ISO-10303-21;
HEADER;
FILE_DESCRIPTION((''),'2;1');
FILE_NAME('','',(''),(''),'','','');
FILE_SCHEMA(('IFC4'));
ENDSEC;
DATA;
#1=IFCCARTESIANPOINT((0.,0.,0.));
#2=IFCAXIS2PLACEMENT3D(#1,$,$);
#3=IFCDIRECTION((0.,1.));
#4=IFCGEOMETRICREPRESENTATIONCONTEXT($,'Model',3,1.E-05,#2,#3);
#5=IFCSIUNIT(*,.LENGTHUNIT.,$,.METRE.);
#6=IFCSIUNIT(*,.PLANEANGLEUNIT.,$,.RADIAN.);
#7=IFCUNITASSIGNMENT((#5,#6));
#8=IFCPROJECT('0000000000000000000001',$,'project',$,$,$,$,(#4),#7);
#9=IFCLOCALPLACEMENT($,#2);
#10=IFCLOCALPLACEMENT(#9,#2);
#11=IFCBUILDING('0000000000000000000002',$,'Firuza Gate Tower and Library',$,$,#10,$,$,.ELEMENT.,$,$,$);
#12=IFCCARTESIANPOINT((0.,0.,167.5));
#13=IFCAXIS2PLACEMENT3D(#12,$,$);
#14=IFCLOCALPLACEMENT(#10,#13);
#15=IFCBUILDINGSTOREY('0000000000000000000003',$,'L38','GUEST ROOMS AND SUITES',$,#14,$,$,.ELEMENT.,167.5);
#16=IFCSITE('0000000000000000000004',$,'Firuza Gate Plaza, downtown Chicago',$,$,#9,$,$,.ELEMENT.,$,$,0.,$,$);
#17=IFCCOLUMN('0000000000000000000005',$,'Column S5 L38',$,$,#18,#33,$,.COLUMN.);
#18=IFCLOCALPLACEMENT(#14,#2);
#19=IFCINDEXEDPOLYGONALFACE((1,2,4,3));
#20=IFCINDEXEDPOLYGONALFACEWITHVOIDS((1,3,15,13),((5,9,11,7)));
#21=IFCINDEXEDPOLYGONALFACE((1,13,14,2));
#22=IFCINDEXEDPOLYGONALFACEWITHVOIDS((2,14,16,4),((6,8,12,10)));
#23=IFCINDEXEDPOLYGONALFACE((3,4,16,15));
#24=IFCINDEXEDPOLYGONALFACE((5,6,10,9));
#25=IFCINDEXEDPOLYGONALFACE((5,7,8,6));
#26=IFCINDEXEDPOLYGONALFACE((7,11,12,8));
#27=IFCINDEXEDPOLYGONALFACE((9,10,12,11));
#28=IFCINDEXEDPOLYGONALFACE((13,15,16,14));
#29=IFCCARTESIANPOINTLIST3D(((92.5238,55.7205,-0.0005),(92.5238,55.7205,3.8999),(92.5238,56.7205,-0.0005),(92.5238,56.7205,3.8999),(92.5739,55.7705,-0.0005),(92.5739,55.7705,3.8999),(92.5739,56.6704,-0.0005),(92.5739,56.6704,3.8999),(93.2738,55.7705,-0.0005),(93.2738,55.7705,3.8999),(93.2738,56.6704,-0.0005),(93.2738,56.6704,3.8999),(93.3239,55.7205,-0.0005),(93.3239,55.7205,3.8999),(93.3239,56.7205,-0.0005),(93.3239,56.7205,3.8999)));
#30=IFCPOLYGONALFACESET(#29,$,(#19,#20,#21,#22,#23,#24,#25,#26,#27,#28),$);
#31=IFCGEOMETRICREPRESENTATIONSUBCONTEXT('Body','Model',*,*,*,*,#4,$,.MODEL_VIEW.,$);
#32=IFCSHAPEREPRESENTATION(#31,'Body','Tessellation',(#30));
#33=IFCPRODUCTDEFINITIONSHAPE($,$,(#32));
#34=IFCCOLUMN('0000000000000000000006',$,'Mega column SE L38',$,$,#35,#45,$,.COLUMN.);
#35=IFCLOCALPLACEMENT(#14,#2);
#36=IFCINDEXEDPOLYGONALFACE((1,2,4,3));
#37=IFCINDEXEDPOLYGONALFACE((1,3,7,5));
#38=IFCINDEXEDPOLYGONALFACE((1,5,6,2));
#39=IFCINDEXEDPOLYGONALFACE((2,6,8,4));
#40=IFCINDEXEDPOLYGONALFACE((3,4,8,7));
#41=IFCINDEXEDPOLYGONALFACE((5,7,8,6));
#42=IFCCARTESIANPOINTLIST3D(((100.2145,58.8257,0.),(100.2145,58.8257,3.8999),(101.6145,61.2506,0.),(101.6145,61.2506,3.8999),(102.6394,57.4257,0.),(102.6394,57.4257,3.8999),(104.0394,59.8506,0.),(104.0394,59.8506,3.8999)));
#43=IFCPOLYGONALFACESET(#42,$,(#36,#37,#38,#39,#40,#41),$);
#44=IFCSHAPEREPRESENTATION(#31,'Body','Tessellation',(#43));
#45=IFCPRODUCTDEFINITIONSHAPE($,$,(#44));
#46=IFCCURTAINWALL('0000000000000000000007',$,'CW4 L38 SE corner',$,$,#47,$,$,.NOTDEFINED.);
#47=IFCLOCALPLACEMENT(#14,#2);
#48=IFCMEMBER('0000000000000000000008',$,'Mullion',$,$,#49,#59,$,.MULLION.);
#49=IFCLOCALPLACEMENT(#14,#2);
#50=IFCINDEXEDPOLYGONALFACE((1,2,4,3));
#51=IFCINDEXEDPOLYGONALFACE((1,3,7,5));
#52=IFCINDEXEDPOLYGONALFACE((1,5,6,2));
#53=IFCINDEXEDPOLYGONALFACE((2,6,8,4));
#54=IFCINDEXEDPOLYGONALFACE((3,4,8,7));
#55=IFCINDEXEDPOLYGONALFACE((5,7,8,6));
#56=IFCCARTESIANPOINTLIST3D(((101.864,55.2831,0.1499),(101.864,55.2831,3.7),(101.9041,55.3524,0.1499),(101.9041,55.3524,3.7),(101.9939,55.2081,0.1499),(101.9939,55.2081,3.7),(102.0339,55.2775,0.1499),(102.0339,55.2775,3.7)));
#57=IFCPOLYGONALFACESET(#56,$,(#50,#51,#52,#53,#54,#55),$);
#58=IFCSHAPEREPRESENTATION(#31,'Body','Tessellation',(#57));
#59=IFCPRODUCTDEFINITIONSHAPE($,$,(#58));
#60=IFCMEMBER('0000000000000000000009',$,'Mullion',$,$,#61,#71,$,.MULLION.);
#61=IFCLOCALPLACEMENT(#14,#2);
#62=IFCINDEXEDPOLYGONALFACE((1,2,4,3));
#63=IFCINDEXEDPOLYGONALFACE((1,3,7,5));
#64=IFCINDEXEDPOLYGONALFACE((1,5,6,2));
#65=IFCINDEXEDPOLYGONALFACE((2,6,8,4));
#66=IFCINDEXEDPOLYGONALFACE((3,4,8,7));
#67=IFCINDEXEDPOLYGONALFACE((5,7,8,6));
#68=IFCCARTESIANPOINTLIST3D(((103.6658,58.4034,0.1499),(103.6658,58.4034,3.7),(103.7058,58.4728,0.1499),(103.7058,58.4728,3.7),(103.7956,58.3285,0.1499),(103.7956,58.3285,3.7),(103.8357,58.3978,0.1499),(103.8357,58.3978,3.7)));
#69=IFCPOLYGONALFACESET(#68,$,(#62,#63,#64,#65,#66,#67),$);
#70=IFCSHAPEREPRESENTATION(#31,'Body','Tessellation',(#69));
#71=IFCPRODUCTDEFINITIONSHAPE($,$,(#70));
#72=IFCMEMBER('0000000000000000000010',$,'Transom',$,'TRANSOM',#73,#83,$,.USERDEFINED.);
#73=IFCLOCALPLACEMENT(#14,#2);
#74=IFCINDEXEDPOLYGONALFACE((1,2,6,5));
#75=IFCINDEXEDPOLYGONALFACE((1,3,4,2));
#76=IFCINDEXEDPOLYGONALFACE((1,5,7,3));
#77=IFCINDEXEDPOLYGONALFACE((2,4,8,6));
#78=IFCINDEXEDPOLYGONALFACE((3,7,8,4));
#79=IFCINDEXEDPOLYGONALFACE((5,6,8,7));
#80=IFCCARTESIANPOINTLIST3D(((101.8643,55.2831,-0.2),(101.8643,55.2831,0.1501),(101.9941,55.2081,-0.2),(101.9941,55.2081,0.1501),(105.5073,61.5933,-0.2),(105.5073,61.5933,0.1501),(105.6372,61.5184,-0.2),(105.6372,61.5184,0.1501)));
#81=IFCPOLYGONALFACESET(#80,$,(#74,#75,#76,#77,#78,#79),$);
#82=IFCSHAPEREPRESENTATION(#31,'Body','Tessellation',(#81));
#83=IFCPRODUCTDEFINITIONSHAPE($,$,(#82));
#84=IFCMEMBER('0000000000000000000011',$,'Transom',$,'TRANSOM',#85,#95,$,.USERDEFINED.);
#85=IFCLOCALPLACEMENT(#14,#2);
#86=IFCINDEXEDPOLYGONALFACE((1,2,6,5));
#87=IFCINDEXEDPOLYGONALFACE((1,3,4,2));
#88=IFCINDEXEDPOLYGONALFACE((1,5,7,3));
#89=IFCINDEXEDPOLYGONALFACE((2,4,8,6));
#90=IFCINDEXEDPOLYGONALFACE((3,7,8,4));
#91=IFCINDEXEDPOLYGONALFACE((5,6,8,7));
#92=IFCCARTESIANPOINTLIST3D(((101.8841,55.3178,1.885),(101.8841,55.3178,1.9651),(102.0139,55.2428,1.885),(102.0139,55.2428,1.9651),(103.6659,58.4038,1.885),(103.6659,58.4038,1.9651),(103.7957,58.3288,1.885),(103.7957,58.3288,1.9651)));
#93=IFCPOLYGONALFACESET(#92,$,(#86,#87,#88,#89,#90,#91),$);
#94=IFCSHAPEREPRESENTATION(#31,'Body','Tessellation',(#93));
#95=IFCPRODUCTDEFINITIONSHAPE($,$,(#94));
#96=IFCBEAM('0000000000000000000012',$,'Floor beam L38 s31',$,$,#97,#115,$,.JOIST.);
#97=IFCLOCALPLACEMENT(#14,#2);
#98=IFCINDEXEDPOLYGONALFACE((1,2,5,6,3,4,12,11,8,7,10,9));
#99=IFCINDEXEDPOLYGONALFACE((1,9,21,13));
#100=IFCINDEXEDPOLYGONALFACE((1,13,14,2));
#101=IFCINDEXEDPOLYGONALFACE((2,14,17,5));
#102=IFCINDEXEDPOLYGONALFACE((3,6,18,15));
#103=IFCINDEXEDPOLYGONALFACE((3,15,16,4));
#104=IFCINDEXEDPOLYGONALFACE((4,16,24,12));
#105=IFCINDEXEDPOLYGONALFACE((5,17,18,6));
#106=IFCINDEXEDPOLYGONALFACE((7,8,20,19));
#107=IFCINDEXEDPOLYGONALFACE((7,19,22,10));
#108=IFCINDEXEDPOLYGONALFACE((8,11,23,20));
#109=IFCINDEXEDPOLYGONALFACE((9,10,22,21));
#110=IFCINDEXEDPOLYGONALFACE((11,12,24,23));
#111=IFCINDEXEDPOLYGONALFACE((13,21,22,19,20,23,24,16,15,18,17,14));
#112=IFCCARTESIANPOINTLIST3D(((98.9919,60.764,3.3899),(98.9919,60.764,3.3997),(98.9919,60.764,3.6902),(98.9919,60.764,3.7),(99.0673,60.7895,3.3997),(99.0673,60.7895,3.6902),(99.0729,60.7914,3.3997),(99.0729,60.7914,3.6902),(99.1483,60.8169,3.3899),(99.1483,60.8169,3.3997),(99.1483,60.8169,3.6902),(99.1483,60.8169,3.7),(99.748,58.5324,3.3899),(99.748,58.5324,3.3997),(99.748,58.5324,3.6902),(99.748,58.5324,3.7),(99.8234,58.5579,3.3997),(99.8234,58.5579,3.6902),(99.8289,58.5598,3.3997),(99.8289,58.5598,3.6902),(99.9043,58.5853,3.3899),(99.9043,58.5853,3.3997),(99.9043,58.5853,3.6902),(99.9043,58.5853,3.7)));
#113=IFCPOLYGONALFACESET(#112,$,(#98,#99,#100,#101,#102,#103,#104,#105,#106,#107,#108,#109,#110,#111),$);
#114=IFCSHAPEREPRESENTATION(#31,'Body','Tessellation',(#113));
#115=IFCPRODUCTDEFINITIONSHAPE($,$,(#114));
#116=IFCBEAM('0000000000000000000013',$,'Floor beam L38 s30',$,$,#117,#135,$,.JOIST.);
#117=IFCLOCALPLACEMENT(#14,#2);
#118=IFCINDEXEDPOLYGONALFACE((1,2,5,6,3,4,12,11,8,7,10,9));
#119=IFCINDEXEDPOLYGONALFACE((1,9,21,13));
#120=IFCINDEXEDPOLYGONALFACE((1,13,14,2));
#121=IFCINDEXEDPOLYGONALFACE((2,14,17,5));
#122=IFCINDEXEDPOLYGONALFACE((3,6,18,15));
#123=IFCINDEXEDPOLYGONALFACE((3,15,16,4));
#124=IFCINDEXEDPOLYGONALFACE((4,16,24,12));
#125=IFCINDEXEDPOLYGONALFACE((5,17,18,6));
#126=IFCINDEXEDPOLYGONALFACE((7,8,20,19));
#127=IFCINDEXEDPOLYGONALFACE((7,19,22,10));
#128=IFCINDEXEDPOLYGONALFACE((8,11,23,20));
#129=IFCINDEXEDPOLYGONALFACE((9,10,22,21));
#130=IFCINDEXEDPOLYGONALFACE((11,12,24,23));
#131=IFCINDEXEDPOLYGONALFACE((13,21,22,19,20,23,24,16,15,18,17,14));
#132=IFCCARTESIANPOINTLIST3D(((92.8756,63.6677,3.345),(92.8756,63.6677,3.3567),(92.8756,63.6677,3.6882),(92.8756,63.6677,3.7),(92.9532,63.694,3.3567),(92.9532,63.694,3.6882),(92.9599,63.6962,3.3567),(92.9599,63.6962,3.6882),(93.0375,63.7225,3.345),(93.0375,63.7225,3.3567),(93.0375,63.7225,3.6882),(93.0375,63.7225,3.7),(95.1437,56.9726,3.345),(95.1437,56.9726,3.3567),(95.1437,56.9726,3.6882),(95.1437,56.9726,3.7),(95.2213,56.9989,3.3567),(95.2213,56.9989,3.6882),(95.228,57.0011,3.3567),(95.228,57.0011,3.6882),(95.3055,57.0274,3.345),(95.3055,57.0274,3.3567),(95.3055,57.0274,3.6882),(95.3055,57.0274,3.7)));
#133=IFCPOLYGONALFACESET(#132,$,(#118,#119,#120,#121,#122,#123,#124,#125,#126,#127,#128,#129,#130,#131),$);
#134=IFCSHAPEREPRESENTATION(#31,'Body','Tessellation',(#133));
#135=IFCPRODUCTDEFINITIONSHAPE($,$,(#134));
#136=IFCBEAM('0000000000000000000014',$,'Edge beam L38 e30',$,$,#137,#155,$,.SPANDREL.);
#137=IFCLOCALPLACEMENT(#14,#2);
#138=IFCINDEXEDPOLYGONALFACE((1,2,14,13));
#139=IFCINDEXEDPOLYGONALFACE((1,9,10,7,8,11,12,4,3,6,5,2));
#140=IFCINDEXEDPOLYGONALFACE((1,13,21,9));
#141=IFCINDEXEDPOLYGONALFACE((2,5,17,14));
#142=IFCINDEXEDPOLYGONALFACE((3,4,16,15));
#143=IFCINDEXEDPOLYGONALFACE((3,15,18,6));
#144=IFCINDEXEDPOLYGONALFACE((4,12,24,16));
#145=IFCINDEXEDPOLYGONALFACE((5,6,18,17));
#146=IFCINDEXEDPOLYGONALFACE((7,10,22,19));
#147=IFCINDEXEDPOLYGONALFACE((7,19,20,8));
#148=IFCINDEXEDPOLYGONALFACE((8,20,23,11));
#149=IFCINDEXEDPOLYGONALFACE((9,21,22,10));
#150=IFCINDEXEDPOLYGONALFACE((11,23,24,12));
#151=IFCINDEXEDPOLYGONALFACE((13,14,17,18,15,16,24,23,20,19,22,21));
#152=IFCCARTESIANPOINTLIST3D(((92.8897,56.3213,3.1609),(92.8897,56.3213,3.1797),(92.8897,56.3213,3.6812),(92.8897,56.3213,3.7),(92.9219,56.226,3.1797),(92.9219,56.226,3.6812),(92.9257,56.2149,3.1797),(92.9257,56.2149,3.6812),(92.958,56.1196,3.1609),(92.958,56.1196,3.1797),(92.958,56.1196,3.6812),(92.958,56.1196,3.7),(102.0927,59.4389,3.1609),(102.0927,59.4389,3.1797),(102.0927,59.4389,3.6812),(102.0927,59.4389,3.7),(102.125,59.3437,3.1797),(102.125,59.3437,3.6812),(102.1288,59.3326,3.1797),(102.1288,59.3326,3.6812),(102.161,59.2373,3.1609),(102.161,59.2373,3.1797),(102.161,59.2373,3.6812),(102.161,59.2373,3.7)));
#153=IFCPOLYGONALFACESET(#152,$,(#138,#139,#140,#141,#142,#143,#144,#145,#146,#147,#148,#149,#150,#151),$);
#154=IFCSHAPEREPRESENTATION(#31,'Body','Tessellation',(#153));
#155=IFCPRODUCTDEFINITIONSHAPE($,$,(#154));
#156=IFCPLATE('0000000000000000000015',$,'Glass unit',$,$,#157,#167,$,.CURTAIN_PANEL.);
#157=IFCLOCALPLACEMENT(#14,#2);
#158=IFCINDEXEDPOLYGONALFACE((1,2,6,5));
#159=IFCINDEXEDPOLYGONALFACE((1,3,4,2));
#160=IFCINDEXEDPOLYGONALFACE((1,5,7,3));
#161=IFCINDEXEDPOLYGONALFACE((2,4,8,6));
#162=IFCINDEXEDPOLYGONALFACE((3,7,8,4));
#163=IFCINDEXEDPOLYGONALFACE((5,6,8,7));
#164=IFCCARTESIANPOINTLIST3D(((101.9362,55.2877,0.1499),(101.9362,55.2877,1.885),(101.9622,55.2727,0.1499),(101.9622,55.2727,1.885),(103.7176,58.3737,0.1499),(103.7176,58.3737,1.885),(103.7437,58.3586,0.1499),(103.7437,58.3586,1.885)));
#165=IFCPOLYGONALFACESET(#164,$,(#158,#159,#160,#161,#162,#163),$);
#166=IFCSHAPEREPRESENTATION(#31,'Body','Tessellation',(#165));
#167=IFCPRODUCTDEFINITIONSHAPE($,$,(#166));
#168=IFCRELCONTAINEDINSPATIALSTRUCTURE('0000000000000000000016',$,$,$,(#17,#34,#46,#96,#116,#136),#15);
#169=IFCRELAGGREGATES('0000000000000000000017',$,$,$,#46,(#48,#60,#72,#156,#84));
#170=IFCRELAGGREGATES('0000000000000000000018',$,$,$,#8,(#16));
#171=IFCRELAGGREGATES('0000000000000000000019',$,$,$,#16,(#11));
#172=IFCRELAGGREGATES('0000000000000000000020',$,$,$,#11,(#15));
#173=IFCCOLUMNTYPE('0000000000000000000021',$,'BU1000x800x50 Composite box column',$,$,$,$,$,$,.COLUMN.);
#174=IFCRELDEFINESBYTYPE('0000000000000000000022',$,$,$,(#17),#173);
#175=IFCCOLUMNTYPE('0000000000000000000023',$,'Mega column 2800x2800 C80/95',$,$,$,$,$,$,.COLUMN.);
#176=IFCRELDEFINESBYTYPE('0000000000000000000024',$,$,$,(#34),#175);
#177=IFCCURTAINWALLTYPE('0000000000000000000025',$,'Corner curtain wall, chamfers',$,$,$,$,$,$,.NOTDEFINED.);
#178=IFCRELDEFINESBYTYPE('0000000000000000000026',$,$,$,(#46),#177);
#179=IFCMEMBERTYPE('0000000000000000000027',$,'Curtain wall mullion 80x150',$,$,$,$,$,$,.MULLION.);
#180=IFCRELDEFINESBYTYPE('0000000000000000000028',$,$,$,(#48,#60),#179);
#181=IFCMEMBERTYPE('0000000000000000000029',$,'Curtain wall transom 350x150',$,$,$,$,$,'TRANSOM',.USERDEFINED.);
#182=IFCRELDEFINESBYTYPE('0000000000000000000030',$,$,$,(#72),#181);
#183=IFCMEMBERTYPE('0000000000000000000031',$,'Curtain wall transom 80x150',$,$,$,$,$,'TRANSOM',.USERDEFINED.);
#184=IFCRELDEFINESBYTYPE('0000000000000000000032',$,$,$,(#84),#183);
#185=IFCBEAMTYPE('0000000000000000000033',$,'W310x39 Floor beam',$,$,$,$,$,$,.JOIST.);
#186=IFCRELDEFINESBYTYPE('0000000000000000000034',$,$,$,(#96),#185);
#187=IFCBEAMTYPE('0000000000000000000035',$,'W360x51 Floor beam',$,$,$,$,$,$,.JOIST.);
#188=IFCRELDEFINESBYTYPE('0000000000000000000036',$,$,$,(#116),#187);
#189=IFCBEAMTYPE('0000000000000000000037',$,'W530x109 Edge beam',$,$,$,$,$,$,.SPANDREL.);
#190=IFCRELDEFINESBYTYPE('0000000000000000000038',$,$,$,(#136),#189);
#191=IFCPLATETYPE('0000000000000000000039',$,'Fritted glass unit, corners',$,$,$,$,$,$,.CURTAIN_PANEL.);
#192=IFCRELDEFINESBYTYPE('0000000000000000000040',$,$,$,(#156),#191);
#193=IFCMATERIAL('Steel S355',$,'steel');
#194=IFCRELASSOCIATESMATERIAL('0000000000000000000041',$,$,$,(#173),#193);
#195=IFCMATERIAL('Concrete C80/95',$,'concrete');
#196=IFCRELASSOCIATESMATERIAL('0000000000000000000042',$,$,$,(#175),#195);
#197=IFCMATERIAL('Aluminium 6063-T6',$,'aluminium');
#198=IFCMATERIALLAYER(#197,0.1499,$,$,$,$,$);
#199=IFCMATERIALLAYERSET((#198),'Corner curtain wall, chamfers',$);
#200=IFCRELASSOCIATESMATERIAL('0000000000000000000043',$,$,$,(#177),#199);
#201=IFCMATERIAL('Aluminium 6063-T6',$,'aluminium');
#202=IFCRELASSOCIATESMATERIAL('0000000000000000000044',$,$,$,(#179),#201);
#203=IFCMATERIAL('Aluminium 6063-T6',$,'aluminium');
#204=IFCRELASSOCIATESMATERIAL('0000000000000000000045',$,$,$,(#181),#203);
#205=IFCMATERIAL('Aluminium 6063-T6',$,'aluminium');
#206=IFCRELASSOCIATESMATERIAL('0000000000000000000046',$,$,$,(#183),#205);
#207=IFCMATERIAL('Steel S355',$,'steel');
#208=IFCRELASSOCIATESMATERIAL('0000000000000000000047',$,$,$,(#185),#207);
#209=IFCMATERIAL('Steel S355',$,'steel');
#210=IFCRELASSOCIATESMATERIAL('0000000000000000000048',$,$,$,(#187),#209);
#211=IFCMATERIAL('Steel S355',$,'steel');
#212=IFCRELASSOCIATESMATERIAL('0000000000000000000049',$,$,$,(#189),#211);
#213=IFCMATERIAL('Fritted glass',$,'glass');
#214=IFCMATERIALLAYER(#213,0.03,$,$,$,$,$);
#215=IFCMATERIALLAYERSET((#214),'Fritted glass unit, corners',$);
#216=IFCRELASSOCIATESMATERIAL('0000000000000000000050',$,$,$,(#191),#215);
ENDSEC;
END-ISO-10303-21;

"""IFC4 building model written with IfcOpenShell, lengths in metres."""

from ifc_helpers import new_model, si_unit, direction, frame, origin, origin_2d, place, context, subcontext, project, spatial, polyline, rectangle, hollow_rectangle, i_section, outline, extrude, material, layer, layer_set, material_profile, profile_set, type_object, element, aggregate, save


model = new_model("IFC4")

# Units and contexts
model_context = context("Model", 3, precision=1e-05, world=origin(), true_north=direction((0.0, 1.0)))
body_context = subcontext(model_context, "Body", "Model", "MODEL_VIEW")
ifc_project = project(units=[si_unit("LENGTHUNIT", "METRE"), si_unit("PLANEANGLEUNIT", "RADIAN")], contexts=[model_context])

# Site, building, storey
site_placement = place(None, origin())
site = spatial("IfcSite", under=ifc_project, at=site_placement, Name="Firuza Gate Plaza, downtown Chicago", CompositionType="ELEMENT", RefElevation=0.0)
building_placement = place(site_placement, origin())
building = spatial("IfcBuilding", under=site, at=building_placement, Name="Firuza Gate Tower and Library", CompositionType="ELEMENT")
storey_placement = place(building_placement, frame((0.0, 0.0, 167.5)))
storey = spatial("IfcBuildingStorey", under=building, at=storey_placement, Name="L38", Description="GUEST ROOMS AND SUITES", CompositionType="ELEMENT", Elevation=167.5)

# Columns
ifc_material_1 = material(Name="Steel S355", Category="steel")
ifc_material_profile_1 = material_profile(ifc_material_1, hollow_rectangle(XDim=0.8, YDim=1.0, WallThickness=0.05, at=origin_2d()))
ifc_profile_set_1 = profile_set([ifc_material_profile_1], Name="Steel S355")
column_type_1 = type_object("IfcColumnType", Name="BU1000x800x50 Composite box column", PredefinedType="COLUMN", material=ifc_profile_set_1)
column_1_placement = place(storey_placement, frame((92.9238, 56.2205, -0.0005), z_axis=(0.0, 0.0, 1.0), x_axis=(1.0, 0.0, 0.0)))
element("IfcColumn", 1, at=column_1_placement, inside=storey, type_object=column_type_1, Name="Column S5 L38", PredefinedType="COLUMN", context=body_context, shape_type="SweptSolid", body=[
    extrude(hollow_rectangle(XDim=0.8, YDim=1.0, WallThickness=0.05, at=origin_2d()), origin(), (0.0, 0.0, 1.0), 3.9004),
])
ifc_material_2 = material(Name="Concrete C80/95", Category="concrete")
ifc_material_profile_2 = material_profile(ifc_material_2, rectangle(XDim=2.8, YDim=2.8, at=origin_2d()))
ifc_profile_set_2 = profile_set([ifc_material_profile_2], Name="Concrete C80/95")
column_type_2 = type_object("IfcColumnType", Name="Mega column 2800x2800 C80/95", PredefinedType="COLUMN", material=ifc_profile_set_2)
column_2_placement = place(storey_placement, frame((102.127, 59.3381, 0.0), z_axis=(0.0, 0.0, 1.0), x_axis=(0.5, 0.866025, 0.0)))
element("IfcColumn", 2, at=column_2_placement, inside=storey, type_object=column_type_2, Name="Mega column SE L38", PredefinedType="COLUMN", context=body_context, shape_type="SweptSolid", body=[
    extrude(rectangle(XDim=2.8, YDim=2.8, at=origin_2d()), origin(), (0.0, 0.0, 1.0), 3.8999),
])

# Curtain wall, members
ifc_material_3 = material(Name="Aluminium 6063-T6", Category="aluminium")
ifc_layer_1 = layer(ifc_material_3, 0.1499)
ifc_layer_set_1 = layer_set([ifc_layer_1], Name="Corner curtain wall, chamfers")
curtain_wall_type = type_object("IfcCurtainWallType", Name="Corner curtain wall, chamfers", PredefinedType="NOTDEFINED", material=ifc_layer_set_1)
curtain_wall_placement = place(storey_placement, origin())
curtain_wall = element("IfcCurtainWall", 3, at=curtain_wall_placement, inside=storey, type_object=curtain_wall_type, Name="CW4 L38 SE corner", PredefinedType="NOTDEFINED")
ifc_material_4 = material(Name="Aluminium 6063-T6", Category="aluminium")
ifc_material_profile_3 = material_profile(ifc_material_4, rectangle(XDim=0.1499, YDim=0.0801, at=origin_2d()))
ifc_profile_set_3 = profile_set([ifc_material_profile_3], Name="Aluminium 6063-T6")
member_type_1 = type_object("IfcMemberType", Name="Curtain wall mullion 80x150", PredefinedType="MULLION", material=ifc_profile_set_3)
member_1_placement = place(storey_placement, frame((101.949, 55.2803, 0.1499), z_axis=(0.0, 0.0, 1.0), x_axis=(-0.866025, 0.5, 0.0)))
member_1 = element("IfcMember", 4, at=member_1_placement, type_object=member_type_1, Name="Mullion", PredefinedType="MULLION", context=body_context, shape_type="SweptSolid", body=[
    extrude(rectangle(XDim=0.1499, YDim=0.0801, at=origin_2d()), origin(), (0.0, 0.0, 1.0), 3.55),
])
member_2_placement = place(storey_placement, frame((103.7507, 58.4006, 0.1499), z_axis=(0.0, 0.0, 1.0), x_axis=(-0.866025, 0.5, 0.0)))
member_2 = element("IfcMember", 5, at=member_2_placement, type_object=member_type_1, Name="Mullion", PredefinedType="MULLION", context=body_context, shape_type="SweptSolid", body=[
    extrude(rectangle(XDim=0.1499, YDim=0.0801, at=origin_2d()), origin(), (0.0, 0.0, 1.0), 3.55),
])
ifc_material_5 = material(Name="Aluminium 6063-T6", Category="aluminium")
ifc_material_profile_4 = material_profile(ifc_material_5, rectangle(XDim=0.1499, YDim=0.3501, at=origin_2d()))
ifc_profile_set_4 = profile_set([ifc_material_profile_4], Name="Aluminium 6063-T6")
member_type_2 = type_object("IfcMemberType", Name="Curtain wall transom 350x150", ElementType="TRANSOM", PredefinedType="USERDEFINED", material=ifc_profile_set_4)
member_3_placement = place(storey_placement, frame((101.9292, 55.2456, -0.0249), z_axis=(0.499981, 0.866037, 0.0), x_axis=(-0.866037, 0.499981, 0.0)))
member_3 = element("IfcMember", 6, at=member_3_placement, type_object=member_type_2, Name="Transom", ObjectType="TRANSOM", PredefinedType="USERDEFINED", context=body_context, shape_type="SweptSolid", body=[
    extrude(rectangle(XDim=0.1499, YDim=0.3501, at=origin_2d()), origin(), (0.0, 0.0, 1.0), 7.2864),
])
ifc_material_6 = material(Name="Aluminium 6063-T6", Category="aluminium")
ifc_material_profile_5 = material_profile(ifc_material_6, rectangle(XDim=0.1499, YDim=0.0801, at=origin_2d()))
ifc_profile_set_5 = profile_set([ifc_material_profile_5], Name="Aluminium 6063-T6")
member_type_3 = type_object("IfcMemberType", Name="Curtain wall transom 80x150", ElementType="TRANSOM", PredefinedType="USERDEFINED", material=ifc_profile_set_5)
member_4_placement = place(storey_placement, frame((101.949, 55.2803, 1.925), z_axis=(0.500015, 0.866017, 0.0), x_axis=(-0.866017, 0.500015, 0.0)))
member_4 = element("IfcMember", 7, at=member_4_placement, type_object=member_type_3, Name="Transom", ObjectType="TRANSOM", PredefinedType="USERDEFINED", context=body_context, shape_type="SweptSolid", body=[
    extrude(rectangle(XDim=0.1499, YDim=0.0801, at=origin_2d()), origin(), (0.0, 0.0, 1.0), 3.5635),
])

# Beams
ifc_material_7 = material(Name="Steel S355", Category="steel")
ifc_material_profile_6 = material_profile(ifc_material_7, i_section(OverallWidth=0.165, OverallDepth=0.3101, WebThickness=0.0059, FlangeThickness=0.0098, at=origin_2d()))
ifc_profile_set_6 = profile_set([ifc_material_profile_6], Name="Steel S355")
beam_type_1 = type_object("IfcBeamType", Name="W310x39 Floor beam", PredefinedType="JOIST", material=ifc_profile_set_6)
beam_1_placement = place(storey_placement, frame((99.8262, 58.5588, 3.5449), z_axis=(-0.320886, 0.947118, 0.0), x_axis=(-0.947118, -0.320886, 0.0)))
element("IfcBeam", 8, at=beam_1_placement, inside=storey, type_object=beam_type_1, Name="Floor beam L38 s31", PredefinedType="JOIST", context=body_context, shape_type="SweptSolid", body=[
    extrude(i_section(OverallWidth=0.165, OverallDepth=0.3101, WebThickness=0.0059, FlangeThickness=0.0098, at=origin_2d()), origin(), (0.0, 0.0, 1.0), 2.3562),
])
ifc_material_8 = material(Name="Steel S355", Category="steel")
ifc_material_profile_7 = material_profile(ifc_material_8, i_section(OverallWidth=0.1709, OverallDepth=0.355, WebThickness=0.0071, FlangeThickness=0.0117, at=origin_2d()))
ifc_profile_set_7 = profile_set([ifc_material_profile_7], Name="Steel S355")
beam_type_2 = type_object("IfcBeamType", Name="W360x51 Floor beam", PredefinedType="JOIST", material=ifc_profile_set_7)
beam_2_placement = place(storey_placement, frame((95.2246, 57.0, 3.5225), z_axis=(-0.320856, 0.947128, 0.0), x_axis=(-0.947128, -0.320856, 0.0)))
element("IfcBeam", 9, at=beam_2_placement, inside=storey, type_object=beam_type_2, Name="Floor beam L38 s30", PredefinedType="JOIST", context=body_context, shape_type="SweptSolid", body=[
    extrude(i_section(OverallWidth=0.1709, OverallDepth=0.355, WebThickness=0.0071, FlangeThickness=0.0117, at=origin_2d()), origin(), (0.0, 0.0, 1.0), 7.0688),
])
ifc_material_9 = material(Name="Steel S355", Category="steel")
ifc_material_profile_8 = material_profile(ifc_material_9, i_section(OverallWidth=0.2129, OverallDepth=0.5391, WebThickness=0.0117, FlangeThickness=0.0188, at=origin_2d()))
ifc_profile_set_8 = profile_set([ifc_material_profile_8], Name="Steel S355")
beam_type_3 = type_object("IfcBeamType", Name="W530x109 Edge beam", PredefinedType="SPANDREL", material=ifc_profile_set_8)
beam_3_placement = place(storey_placement, frame((92.9238, 56.2205, 3.4304), z_axis=(0.947129, 0.320852, 0.0), x_axis=(-0.320852, 0.947129, 0.0)))
element("IfcBeam", 10, at=beam_3_placement, inside=storey, type_object=beam_type_3, Name="Edge beam L38 e30", PredefinedType="SPANDREL", context=body_context, shape_type="SweptSolid", body=[
    extrude(i_section(OverallWidth=0.2129, OverallDepth=0.5391, WebThickness=0.0117, FlangeThickness=0.0188, at=origin_2d()), origin(), (0.0, 0.0, 1.0), 9.7168),
])

# Plate
ifc_material_10 = material(Name="Fritted glass", Category="glass")
ifc_layer_2 = layer(ifc_material_10, 0.03)
ifc_layer_set_2 = layer_set([ifc_layer_2], Name="Fritted glass unit, corners")
plate_type_1 = type_object("IfcPlateType", Name="Fritted glass unit, corners", PredefinedType="CURTAIN_PANEL", material=ifc_layer_set_2)
plate_1_placement = place(storey_placement, frame((101.9622, 55.2727, 0.1499), z_axis=(0.866046, -0.499964, 0.0), x_axis=(0.499964, 0.866046, 0.0)))
plate_1 = element("IfcPlate", 11, at=plate_1_placement, type_object=plate_type_1, Name="Glass unit", PredefinedType="CURTAIN_PANEL", context=body_context, shape_type="SweptSolid", body=[
    extrude(outline(polyline([(0.0, 0.0), (3.5632, 0.0), (3.5632, 1.7351), (0.0, 1.7351), (0.0, 0.0)])), origin(), (0.0, 0.0, -1.0), 0.03),
])
aggregate(curtain_wall, [member_1, member_2, member_3, plate_1, member_4])

save(model, "model.ifc")
